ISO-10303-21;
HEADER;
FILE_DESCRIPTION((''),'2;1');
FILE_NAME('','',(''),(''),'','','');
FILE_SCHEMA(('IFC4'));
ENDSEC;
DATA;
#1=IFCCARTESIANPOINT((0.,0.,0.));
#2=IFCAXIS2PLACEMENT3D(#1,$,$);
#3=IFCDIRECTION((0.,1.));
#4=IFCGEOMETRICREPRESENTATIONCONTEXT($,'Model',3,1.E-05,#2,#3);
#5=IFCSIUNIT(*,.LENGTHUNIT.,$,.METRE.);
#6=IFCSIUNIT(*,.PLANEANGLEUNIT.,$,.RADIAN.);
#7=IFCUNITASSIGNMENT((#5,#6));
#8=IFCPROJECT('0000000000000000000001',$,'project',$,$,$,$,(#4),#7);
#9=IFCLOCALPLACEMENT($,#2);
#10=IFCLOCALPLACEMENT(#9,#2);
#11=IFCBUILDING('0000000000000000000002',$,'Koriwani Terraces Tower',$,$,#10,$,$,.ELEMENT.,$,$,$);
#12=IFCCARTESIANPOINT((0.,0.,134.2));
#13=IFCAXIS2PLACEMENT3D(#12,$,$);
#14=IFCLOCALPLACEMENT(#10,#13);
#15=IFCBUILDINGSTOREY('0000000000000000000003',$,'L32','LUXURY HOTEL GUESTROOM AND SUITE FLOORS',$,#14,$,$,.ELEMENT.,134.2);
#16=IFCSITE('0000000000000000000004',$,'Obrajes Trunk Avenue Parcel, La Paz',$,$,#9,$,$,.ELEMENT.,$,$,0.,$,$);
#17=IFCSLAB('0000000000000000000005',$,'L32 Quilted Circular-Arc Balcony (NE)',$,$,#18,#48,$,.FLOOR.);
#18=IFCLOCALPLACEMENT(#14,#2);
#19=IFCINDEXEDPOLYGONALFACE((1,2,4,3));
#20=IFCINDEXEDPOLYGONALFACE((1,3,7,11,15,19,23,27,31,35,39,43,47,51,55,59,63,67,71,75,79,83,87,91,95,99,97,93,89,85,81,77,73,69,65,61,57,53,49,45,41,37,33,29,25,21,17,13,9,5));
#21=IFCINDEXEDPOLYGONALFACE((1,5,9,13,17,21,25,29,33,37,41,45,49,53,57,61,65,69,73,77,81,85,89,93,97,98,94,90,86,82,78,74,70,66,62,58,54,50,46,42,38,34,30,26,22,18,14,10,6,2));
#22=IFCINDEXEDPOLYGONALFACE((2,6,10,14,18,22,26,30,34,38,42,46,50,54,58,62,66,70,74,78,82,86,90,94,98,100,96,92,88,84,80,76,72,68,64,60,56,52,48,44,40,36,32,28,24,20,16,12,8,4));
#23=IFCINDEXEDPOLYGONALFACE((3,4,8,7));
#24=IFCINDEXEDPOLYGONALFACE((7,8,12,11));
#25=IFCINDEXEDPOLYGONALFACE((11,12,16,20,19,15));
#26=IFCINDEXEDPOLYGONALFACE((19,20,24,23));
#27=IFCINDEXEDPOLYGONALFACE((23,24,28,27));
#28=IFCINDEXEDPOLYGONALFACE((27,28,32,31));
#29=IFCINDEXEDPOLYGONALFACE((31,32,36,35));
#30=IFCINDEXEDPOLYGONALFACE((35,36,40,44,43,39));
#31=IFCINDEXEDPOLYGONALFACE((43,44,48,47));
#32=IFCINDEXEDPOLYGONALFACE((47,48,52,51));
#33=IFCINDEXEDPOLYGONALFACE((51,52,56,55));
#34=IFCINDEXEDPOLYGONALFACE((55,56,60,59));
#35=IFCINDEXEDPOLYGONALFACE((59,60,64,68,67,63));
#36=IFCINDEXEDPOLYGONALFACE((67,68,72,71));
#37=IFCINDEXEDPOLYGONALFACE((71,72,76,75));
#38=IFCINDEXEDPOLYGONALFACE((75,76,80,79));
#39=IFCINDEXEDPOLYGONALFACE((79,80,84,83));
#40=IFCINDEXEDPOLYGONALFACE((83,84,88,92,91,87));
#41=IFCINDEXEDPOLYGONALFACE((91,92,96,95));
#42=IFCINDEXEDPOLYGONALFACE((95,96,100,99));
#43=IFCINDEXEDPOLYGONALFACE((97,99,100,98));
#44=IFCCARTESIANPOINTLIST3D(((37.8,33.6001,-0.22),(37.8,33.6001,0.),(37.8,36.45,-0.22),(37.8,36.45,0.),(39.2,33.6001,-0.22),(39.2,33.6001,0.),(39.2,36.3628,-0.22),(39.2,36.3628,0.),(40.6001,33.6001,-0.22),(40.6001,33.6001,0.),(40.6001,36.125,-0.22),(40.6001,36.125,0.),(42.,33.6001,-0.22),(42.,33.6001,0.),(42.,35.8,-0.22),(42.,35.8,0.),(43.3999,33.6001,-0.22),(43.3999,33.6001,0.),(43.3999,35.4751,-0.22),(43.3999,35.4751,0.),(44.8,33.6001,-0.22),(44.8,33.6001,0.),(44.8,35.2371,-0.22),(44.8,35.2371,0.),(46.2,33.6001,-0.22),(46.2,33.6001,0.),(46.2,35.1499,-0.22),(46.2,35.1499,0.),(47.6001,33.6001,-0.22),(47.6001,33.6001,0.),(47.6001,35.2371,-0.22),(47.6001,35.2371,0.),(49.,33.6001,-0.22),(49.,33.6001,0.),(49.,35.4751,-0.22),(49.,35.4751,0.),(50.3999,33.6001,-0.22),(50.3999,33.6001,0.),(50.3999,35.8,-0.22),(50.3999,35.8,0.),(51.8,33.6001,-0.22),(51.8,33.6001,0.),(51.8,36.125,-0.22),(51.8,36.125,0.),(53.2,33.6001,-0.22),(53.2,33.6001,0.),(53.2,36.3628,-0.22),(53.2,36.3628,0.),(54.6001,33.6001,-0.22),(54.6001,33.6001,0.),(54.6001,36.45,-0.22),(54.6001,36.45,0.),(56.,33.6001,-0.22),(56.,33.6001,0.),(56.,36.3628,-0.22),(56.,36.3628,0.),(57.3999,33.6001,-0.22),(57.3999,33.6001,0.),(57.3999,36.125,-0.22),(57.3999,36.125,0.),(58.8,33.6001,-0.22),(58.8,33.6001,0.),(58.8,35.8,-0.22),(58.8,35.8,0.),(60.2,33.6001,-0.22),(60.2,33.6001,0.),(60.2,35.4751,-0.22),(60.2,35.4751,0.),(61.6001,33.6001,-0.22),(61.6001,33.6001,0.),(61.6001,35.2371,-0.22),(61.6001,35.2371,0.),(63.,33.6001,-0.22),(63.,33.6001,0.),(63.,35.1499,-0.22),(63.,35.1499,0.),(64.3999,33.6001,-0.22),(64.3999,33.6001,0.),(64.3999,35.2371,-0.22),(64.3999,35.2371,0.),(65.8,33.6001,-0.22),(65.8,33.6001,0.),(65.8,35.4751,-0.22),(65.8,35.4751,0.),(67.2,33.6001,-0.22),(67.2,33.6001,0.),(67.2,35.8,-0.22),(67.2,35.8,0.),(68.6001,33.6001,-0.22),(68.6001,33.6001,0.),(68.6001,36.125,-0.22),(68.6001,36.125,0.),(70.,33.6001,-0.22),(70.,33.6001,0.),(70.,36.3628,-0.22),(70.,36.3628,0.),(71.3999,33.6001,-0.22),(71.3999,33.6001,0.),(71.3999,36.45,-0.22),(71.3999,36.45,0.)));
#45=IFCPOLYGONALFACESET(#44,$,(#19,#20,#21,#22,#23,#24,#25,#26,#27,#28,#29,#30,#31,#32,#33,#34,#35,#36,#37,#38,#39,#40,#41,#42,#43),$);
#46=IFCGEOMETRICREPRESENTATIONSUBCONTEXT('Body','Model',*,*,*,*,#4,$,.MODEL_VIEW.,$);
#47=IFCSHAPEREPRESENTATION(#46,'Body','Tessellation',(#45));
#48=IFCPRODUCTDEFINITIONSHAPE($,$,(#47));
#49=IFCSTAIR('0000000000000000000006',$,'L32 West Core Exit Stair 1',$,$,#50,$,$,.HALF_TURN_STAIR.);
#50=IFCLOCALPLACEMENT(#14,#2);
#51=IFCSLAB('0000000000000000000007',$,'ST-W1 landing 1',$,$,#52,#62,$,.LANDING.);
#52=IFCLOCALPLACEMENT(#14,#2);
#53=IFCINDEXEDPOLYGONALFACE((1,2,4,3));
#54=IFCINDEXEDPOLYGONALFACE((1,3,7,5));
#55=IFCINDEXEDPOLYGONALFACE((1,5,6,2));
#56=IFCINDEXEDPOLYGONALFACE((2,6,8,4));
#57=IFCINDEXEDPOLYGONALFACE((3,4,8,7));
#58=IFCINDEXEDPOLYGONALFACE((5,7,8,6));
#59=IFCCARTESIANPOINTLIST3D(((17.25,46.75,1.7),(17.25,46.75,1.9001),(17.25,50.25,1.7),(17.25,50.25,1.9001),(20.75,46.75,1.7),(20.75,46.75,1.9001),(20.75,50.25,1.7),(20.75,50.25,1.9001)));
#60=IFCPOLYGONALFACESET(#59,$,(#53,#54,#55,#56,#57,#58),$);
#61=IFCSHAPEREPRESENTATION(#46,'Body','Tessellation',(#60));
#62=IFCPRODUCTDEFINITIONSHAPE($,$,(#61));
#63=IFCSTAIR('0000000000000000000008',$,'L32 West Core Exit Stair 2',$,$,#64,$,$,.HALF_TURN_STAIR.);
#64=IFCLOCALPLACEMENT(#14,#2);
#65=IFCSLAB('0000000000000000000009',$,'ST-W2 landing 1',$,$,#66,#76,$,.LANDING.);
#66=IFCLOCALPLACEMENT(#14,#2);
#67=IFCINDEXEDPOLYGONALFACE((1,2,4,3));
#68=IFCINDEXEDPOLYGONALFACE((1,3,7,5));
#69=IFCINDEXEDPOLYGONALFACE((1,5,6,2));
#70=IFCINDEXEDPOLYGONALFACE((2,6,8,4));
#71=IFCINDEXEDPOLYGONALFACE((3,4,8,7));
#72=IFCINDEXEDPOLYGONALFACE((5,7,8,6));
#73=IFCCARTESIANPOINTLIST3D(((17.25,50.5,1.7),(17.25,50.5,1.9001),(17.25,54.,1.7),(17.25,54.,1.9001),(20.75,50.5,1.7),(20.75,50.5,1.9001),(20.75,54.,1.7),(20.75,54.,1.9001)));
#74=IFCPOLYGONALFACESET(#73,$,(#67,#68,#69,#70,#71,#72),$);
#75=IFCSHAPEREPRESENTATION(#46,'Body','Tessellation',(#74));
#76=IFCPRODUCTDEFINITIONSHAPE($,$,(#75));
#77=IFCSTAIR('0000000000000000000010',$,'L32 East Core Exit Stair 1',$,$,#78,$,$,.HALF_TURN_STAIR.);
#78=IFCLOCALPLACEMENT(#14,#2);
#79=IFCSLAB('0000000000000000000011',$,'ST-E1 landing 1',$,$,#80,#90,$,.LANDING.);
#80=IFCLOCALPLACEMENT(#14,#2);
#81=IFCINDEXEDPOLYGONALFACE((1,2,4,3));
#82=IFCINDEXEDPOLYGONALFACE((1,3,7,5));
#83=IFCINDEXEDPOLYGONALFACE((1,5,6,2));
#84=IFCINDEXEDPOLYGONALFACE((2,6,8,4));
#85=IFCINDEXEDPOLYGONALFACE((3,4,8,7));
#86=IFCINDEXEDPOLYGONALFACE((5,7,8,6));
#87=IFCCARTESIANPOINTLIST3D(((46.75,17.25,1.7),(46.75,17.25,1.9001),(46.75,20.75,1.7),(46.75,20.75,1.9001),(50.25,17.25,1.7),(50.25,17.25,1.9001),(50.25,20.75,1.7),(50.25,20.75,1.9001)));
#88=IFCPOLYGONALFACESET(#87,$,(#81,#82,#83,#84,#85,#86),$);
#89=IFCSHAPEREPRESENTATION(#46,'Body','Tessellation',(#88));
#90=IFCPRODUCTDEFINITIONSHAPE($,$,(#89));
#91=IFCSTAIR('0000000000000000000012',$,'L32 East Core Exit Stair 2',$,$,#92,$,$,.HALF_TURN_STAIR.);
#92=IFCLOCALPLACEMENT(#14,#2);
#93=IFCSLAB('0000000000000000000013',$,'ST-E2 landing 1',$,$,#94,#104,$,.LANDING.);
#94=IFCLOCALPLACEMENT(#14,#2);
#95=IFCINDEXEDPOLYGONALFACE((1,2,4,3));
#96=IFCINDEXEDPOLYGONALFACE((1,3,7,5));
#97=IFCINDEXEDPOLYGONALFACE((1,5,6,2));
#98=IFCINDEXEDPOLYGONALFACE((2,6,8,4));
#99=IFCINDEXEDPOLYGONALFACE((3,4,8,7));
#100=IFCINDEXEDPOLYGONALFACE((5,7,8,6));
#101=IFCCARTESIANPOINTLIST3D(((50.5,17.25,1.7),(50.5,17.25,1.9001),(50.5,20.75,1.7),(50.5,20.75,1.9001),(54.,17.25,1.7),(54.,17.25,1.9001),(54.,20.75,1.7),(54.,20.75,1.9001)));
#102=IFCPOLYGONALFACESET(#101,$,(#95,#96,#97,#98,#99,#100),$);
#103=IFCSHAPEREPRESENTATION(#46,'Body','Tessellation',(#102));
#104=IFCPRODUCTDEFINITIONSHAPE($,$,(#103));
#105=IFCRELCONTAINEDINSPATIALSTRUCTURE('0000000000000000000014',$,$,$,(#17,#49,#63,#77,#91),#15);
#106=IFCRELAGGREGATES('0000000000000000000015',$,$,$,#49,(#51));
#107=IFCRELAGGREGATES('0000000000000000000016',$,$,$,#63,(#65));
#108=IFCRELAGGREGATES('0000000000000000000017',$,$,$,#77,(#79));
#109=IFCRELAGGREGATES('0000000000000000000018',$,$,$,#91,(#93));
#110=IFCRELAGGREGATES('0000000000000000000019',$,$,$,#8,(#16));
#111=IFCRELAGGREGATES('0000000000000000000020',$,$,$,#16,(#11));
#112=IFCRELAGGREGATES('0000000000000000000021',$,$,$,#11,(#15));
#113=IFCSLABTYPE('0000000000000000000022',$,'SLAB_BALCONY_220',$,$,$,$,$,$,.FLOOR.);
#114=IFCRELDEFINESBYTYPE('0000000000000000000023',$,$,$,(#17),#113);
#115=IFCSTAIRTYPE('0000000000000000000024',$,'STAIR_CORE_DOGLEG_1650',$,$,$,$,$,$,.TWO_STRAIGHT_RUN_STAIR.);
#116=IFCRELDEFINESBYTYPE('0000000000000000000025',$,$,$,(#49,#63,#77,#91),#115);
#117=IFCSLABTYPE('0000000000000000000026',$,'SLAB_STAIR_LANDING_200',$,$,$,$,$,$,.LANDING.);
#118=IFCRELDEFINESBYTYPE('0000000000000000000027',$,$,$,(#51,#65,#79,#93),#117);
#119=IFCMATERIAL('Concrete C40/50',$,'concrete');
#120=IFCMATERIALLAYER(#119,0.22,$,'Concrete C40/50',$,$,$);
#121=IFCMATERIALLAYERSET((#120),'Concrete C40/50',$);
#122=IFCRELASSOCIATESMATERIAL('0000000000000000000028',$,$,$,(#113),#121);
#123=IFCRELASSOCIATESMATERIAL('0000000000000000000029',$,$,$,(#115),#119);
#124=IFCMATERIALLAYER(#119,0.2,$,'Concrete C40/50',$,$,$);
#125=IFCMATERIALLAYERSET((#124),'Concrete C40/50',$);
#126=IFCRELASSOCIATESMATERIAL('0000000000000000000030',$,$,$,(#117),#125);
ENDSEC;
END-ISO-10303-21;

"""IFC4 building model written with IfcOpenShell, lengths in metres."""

from ifc_helpers import new_model, si_unit, direction, frame, origin, place, context, subcontext, project, spatial, polyline, outline, extrude, material, layer, layer_set, type_object, element, aggregate, save


model = new_model("IFC4")

# Units and contexts
model_context = context("Model", 3, precision=1e-05, world=origin(), true_north=direction((0.0, 1.0)))
body_context = subcontext(model_context, "Body", "Model", "MODEL_VIEW")
ifc_project = project(units=[si_unit("LENGTHUNIT", "METRE"), si_unit("PLANEANGLEUNIT", "RADIAN")], contexts=[model_context])

# Site, building, storey
site_placement = place(None, origin())
site = spatial("IfcSite", under=ifc_project, at=site_placement, Name="Obrajes Trunk Avenue Parcel, La Paz", CompositionType="ELEMENT", RefElevation=0.0)
building_placement = place(site_placement, origin())
building = spatial("IfcBuilding", under=site, at=building_placement, Name="Koriwani Terraces Tower", CompositionType="ELEMENT")
storey_placement = place(building_placement, frame((0.0, 0.0, 134.2)))
storey = spatial("IfcBuildingStorey", under=building, at=storey_placement, Name="L32", Description="LUXURY HOTEL GUESTROOM AND SUITE FLOORS", CompositionType="ELEMENT", Elevation=134.2)

# Shared definitions
ifc_material_1 = material(Name="Concrete C40/50", Category="concrete")

# Slab
ifc_layer_1 = layer(ifc_material_1, 0.22, Name="Concrete C40/50")
ifc_layer_set_1 = layer_set([ifc_layer_1], Name="Concrete C40/50")
slab_type_1 = type_object("IfcSlabType", Name="SLAB_BALCONY_220", PredefinedType="FLOOR", material=ifc_layer_set_1)
slab_1_placement = place(storey_placement, frame((0.0, 0.0, -0.22)))
element("IfcSlab", 1, at=slab_1_placement, inside=storey, type_object=slab_type_1, Name="L32 Quilted Circular-Arc Balcony (NE)", PredefinedType="FLOOR", context=body_context, shape_type="SweptSolid", body=[
    extrude(outline(polyline([(71.3999, 33.6001), (70.0, 33.6001), (68.6001, 33.6001), (67.2, 33.6001), (65.8, 33.6001), (64.3999, 33.6001), (63.0, 33.6001), (61.6001, 33.6001), (60.2, 33.6001), (58.8, 33.6001), (57.3999, 33.6001), (56.0, 33.6001), (54.6001, 33.6001), (53.2, 33.6001), (51.8, 33.6001), (50.3999, 33.6001), (49.0, 33.6001), (47.6001, 33.6001), (46.2, 33.6001), (44.8, 33.6001), (43.3999, 33.6001), (42.0, 33.6001), (40.6001, 33.6001), (39.2, 33.6001), (37.8, 33.6001), (37.8, 36.45), (39.2, 36.3628), (40.6001, 36.125), (42.0, 35.8), (43.3999, 35.4751), (44.8, 35.2371), (46.2, 35.1499), (47.6001, 35.2371), (49.0, 35.4751), (50.3999, 35.8), (51.8, 36.125), (53.2, 36.3628), (54.6001, 36.45), (56.0, 36.3628), (57.3999, 36.125), (58.8, 35.8), (60.2, 35.4751), (61.6001, 35.2371), (63.0, 35.1499), (64.3999, 35.2371), (65.8, 35.4751), (67.2, 35.8), (68.6001, 36.125), (70.0, 36.3628), (71.3999, 36.45), (71.3999, 33.6001)])), origin(), (0.0, 0.0, 1.0), 0.22),
])

# Stairs, slabs
stair_type = type_object("IfcStairType", Name="STAIR_CORE_DOGLEG_1650", PredefinedType="TWO_STRAIGHT_RUN_STAIR", material=ifc_material_1)
stair_1_placement = place(storey_placement, origin())
stair_1 = element("IfcStair", 2, at=stair_1_placement, inside=storey, type_object=stair_type, Name="L32 West Core Exit Stair 1", PredefinedType="HALF_TURN_STAIR")
ifc_layer_2 = layer(ifc_material_1, 0.2, Name="Concrete C40/50")
ifc_layer_set_2 = layer_set([ifc_layer_2], Name="Concrete C40/50")
slab_type_2 = type_object("IfcSlabType", Name="SLAB_STAIR_LANDING_200", PredefinedType="LANDING", material=ifc_layer_set_2)
slab_2_placement = place(storey_placement, frame((0.0, 0.0, 1.7)))
slab_2 = element("IfcSlab", 3, at=slab_2_placement, type_object=slab_type_2, Name="ST-W1 landing 1", PredefinedType="LANDING", context=body_context, shape_type="SweptSolid", body=[
    extrude(outline(polyline([(20.75, 46.75), (20.75, 50.25), (17.25, 50.25), (17.25, 46.75), (20.75, 46.75)])), origin(), (0.0, 0.0, 1.0), 0.2002),
])
aggregate(stair_1, [slab_2])
stair_2_placement = place(storey_placement, origin())
stair_2 = element("IfcStair", 4, at=stair_2_placement, inside=storey, type_object=stair_type, Name="L32 West Core Exit Stair 2", PredefinedType="HALF_TURN_STAIR")
slab_3_placement = place(storey_placement, frame((0.0, 0.0, 1.7)))
slab_3 = element("IfcSlab", 5, at=slab_3_placement, type_object=slab_type_2, Name="ST-W2 landing 1", PredefinedType="LANDING", context=body_context, shape_type="SweptSolid", body=[
    extrude(outline(polyline([(17.25, 54.0), (17.25, 50.5), (20.75, 50.5), (20.75, 54.0), (17.25, 54.0)])), origin(), (0.0, 0.0, 1.0), 0.2002),
])
aggregate(stair_2, [slab_3])
stair_3_placement = place(storey_placement, origin())
stair_3 = element("IfcStair", 6, at=stair_3_placement, inside=storey, type_object=stair_type, Name="L32 East Core Exit Stair 1", PredefinedType="HALF_TURN_STAIR")
slab_4_placement = place(storey_placement, frame((0.0, 0.0, 1.7)))
slab_4 = element("IfcSlab", 7, at=slab_4_placement, type_object=slab_type_2, Name="ST-E1 landing 1", PredefinedType="LANDING", context=body_context, shape_type="SweptSolid", body=[
    extrude(outline(polyline([(46.75, 17.25), (50.25, 17.25), (50.25, 20.75), (46.75, 20.75), (46.75, 17.25)])), origin(), (0.0, 0.0, 1.0), 0.2002),
])
aggregate(stair_3, [slab_4])
stair_4_placement = place(storey_placement, origin())
stair_4 = element("IfcStair", 8, at=stair_4_placement, inside=storey, type_object=stair_type, Name="L32 East Core Exit Stair 2", PredefinedType="HALF_TURN_STAIR")
slab_5_placement = place(storey_placement, frame((0.0, 0.0, 1.7)))
slab_5 = element("IfcSlab", 9, at=slab_5_placement, type_object=slab_type_2, Name="ST-E2 landing 1", PredefinedType="LANDING", context=body_context, shape_type="SweptSolid", body=[
    extrude(outline(polyline([(54.0, 20.75), (50.5, 20.75), (50.5, 17.25), (54.0, 17.25), (54.0, 20.75)])), origin(), (0.0, 0.0, 1.0), 0.2002),
])
aggregate(stair_4, [slab_5])

save(model, "model.ifc")
